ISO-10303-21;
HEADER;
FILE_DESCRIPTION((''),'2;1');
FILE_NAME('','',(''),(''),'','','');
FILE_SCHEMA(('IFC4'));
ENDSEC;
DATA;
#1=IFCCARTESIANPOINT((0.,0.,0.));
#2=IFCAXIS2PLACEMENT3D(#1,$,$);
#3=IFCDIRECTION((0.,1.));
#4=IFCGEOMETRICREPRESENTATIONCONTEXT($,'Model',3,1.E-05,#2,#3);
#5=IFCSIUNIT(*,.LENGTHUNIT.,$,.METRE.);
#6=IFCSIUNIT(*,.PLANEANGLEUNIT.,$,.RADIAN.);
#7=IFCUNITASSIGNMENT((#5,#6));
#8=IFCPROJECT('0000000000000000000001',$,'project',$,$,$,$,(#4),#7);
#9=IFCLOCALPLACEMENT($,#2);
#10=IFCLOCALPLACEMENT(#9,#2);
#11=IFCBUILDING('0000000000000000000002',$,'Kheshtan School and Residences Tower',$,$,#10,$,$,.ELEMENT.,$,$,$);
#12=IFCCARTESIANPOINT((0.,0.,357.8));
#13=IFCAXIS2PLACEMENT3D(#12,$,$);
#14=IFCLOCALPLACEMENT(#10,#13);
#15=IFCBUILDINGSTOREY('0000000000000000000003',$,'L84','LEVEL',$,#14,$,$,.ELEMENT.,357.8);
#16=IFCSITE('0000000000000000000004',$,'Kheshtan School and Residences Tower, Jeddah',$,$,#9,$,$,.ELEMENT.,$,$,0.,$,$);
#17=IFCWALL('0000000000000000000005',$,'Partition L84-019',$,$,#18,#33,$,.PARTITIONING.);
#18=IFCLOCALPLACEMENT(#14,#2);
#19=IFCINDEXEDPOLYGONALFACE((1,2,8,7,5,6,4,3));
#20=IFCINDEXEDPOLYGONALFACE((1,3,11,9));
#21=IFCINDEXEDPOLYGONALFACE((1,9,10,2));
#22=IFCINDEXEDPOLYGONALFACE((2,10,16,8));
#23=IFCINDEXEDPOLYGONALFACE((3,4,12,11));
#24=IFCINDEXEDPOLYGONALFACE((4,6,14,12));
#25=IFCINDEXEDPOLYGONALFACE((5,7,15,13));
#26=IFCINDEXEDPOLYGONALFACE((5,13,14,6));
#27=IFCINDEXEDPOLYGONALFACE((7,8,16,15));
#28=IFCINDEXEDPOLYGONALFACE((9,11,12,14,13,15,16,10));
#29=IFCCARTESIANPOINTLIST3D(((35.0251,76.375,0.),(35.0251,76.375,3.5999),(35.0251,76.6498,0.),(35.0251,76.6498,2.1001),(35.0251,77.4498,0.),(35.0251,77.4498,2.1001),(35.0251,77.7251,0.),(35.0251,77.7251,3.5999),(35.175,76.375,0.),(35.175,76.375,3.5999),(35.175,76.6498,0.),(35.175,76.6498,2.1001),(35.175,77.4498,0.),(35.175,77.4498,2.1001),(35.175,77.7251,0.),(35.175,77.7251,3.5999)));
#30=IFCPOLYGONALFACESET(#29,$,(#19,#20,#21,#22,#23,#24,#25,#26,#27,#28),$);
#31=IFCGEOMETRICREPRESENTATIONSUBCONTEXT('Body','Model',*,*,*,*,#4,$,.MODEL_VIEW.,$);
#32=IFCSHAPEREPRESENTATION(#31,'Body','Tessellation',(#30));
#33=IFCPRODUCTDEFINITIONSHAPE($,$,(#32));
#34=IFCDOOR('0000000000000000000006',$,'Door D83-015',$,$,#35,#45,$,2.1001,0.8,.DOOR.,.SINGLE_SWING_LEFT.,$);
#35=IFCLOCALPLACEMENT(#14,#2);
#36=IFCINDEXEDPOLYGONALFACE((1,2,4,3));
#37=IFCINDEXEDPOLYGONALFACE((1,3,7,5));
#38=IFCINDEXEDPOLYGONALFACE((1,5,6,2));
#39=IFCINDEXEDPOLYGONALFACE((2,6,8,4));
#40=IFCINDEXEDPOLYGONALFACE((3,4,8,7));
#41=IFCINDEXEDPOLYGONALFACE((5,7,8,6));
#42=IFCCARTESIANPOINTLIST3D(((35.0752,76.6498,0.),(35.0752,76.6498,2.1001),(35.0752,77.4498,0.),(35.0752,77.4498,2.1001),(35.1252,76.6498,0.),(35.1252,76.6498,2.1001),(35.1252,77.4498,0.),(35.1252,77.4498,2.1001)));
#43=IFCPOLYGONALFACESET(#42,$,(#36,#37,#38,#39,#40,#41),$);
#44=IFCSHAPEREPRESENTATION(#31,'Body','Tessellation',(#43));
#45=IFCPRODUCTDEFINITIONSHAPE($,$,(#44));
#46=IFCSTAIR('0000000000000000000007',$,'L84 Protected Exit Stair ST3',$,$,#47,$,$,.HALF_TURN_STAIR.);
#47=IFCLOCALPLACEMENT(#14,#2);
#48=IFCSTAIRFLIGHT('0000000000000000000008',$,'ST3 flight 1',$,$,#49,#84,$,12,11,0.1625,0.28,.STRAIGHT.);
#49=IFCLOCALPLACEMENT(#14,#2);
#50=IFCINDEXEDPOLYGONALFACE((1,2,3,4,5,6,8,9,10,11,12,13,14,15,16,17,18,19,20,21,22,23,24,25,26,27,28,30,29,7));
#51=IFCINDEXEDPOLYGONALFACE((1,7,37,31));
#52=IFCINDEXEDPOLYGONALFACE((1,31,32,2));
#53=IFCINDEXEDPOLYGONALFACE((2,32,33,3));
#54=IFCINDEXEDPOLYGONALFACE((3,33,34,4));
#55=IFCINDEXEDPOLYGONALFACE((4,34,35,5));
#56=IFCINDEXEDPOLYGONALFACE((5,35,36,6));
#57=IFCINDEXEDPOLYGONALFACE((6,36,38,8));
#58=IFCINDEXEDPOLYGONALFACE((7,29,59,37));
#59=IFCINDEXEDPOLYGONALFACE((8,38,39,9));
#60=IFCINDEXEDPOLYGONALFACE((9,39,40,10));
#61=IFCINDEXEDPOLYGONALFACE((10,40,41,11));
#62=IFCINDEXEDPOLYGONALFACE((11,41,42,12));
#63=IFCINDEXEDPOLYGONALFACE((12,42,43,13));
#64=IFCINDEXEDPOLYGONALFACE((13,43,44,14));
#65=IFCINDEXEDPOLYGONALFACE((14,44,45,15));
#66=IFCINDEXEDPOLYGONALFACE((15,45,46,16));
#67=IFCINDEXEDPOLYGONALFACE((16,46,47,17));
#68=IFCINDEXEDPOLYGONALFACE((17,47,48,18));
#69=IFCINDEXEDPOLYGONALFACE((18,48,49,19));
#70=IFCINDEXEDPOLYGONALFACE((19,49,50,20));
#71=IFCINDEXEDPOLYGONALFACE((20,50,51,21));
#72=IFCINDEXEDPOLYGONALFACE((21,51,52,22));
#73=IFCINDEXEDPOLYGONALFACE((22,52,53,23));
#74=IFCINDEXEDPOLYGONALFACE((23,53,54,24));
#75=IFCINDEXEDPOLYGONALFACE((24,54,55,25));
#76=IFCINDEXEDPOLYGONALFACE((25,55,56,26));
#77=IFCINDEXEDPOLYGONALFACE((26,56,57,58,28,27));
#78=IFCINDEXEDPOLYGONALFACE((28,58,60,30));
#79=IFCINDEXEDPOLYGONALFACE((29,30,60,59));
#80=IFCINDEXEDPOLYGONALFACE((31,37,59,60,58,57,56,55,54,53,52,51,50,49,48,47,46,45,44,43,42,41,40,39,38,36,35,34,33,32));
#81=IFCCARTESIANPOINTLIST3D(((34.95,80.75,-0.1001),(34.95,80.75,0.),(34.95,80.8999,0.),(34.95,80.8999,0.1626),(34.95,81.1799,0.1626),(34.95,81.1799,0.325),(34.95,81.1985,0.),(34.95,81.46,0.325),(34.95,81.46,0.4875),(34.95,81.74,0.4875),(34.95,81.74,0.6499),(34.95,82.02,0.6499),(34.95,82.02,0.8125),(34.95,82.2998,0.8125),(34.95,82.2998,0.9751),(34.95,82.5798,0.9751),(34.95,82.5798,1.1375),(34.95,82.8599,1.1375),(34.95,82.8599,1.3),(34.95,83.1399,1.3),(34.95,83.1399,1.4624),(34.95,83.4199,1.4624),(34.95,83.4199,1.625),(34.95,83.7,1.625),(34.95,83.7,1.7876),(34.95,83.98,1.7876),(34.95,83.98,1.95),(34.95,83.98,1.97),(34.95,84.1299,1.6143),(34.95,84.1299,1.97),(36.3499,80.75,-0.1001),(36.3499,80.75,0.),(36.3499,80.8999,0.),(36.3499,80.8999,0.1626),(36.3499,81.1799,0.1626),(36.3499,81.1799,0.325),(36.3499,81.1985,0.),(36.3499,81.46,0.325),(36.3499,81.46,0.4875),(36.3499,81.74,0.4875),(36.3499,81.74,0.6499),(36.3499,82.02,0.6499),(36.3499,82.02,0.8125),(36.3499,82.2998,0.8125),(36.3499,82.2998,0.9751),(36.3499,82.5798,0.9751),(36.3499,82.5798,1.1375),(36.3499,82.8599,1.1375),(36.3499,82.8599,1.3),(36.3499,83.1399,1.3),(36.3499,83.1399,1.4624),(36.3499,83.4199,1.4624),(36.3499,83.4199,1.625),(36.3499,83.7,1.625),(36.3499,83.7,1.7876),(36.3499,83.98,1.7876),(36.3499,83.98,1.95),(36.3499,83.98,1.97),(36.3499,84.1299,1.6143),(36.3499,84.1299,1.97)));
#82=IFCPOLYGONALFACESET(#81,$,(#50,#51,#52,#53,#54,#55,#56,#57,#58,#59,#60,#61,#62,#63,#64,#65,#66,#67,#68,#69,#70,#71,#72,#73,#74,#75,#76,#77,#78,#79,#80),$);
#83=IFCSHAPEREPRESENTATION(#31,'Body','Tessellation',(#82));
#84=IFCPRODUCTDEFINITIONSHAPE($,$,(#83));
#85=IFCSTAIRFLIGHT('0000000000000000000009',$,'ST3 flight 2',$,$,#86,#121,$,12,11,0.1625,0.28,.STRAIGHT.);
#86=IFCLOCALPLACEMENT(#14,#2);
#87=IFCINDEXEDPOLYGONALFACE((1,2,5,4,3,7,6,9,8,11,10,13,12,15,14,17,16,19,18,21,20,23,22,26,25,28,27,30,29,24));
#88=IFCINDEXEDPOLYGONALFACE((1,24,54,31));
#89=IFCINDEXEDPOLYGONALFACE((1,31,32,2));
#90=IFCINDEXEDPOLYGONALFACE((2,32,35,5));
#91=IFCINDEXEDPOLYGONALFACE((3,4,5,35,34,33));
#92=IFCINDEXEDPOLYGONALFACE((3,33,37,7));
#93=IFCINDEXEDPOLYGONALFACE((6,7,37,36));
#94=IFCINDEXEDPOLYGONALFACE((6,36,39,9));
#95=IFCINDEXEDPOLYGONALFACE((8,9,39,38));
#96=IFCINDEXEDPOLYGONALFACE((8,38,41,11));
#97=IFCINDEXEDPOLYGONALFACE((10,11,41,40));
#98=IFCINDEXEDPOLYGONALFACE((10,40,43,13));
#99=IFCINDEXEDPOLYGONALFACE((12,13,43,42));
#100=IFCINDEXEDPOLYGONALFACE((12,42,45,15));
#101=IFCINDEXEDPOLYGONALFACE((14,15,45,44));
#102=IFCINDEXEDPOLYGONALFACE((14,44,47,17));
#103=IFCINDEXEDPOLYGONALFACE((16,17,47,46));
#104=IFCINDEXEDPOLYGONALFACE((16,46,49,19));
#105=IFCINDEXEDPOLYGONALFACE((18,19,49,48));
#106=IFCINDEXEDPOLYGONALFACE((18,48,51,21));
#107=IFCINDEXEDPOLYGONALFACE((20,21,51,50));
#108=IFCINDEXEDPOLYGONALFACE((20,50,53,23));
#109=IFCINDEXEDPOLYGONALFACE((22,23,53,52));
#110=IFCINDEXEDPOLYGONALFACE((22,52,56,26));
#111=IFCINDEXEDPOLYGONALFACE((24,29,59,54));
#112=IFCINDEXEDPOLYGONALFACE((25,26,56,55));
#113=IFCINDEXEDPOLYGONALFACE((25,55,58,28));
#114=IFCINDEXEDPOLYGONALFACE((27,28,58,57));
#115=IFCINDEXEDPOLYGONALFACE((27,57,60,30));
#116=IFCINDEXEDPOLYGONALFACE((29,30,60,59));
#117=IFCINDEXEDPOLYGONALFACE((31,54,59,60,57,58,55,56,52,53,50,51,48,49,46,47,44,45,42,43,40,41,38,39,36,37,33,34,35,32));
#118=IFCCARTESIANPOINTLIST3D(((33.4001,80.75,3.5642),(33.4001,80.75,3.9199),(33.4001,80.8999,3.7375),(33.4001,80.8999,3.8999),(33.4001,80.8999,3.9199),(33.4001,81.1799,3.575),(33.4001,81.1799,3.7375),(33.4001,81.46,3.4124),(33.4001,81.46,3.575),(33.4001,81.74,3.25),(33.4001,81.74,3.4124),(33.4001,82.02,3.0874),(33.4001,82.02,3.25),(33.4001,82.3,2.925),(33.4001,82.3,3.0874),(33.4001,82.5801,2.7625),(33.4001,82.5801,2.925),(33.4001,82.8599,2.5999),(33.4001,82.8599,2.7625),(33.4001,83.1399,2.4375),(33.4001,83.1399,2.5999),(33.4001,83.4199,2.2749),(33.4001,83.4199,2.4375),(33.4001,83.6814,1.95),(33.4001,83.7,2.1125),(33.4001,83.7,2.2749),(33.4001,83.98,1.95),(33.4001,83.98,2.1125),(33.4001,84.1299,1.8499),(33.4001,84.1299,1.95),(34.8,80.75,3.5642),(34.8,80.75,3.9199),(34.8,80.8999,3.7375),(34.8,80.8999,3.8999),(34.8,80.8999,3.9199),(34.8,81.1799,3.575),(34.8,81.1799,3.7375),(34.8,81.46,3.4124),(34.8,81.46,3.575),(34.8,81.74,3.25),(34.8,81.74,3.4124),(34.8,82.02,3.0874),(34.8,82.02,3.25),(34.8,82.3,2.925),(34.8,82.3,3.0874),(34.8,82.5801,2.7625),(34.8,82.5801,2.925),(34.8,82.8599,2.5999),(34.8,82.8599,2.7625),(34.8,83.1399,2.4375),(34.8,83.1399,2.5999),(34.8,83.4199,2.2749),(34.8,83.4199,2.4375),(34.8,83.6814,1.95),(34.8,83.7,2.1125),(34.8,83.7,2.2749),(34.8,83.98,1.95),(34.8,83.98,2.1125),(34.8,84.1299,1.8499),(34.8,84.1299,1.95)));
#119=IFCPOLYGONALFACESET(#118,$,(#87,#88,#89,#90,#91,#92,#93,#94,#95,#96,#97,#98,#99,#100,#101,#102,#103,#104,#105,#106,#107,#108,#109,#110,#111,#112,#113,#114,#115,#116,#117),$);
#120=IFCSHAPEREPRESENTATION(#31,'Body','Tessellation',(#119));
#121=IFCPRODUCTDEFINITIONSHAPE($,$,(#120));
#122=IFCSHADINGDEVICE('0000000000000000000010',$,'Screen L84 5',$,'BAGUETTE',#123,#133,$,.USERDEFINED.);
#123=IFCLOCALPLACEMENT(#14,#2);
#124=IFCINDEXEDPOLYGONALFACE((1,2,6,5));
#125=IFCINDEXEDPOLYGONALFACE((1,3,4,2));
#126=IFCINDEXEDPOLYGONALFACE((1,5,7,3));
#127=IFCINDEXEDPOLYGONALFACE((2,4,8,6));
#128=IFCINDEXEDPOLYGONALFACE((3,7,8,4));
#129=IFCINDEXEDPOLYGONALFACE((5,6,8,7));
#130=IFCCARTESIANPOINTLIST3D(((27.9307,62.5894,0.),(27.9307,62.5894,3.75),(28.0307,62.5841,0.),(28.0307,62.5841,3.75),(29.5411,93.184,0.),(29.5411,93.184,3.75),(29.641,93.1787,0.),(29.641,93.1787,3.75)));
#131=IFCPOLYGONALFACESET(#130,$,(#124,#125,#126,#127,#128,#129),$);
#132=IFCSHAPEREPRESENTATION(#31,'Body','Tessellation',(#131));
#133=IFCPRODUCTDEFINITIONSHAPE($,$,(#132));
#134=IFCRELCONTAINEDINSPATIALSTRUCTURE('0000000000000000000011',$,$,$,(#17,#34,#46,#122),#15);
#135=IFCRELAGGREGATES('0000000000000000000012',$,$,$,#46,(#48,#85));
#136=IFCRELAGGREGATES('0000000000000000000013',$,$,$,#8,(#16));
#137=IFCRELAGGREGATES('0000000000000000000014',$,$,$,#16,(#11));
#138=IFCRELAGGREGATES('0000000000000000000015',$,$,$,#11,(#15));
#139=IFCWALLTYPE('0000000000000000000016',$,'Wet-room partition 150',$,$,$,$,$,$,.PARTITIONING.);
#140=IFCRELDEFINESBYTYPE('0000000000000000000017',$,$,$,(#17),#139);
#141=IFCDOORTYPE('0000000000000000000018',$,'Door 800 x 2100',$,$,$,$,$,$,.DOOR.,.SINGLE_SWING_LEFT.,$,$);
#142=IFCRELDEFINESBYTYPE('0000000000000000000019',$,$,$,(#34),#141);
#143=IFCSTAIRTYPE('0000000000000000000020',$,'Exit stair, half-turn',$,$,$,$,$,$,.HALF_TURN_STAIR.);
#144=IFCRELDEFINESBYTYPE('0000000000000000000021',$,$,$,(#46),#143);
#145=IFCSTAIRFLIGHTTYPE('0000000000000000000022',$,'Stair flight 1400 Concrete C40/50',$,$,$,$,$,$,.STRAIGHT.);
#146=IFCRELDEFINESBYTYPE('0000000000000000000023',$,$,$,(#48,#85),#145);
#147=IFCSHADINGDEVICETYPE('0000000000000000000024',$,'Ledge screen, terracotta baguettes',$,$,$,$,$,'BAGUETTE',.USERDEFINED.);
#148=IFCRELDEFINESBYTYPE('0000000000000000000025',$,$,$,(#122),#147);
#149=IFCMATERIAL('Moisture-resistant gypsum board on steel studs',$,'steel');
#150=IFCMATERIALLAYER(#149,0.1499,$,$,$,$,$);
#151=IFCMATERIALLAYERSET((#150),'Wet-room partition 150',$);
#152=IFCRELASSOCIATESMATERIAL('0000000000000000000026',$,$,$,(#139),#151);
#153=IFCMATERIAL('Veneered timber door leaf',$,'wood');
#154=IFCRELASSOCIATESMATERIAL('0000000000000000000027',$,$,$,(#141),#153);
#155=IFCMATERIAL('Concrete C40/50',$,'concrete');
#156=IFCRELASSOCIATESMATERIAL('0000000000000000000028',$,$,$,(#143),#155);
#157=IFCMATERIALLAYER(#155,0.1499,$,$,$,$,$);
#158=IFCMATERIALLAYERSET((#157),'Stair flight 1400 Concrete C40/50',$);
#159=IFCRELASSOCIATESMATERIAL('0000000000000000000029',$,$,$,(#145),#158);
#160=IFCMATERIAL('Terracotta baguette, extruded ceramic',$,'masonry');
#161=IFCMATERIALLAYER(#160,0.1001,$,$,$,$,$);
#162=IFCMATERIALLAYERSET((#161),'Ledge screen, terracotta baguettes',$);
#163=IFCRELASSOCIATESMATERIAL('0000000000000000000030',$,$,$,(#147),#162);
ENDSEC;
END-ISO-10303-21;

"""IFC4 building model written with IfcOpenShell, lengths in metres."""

from ifc_helpers import new_model, si_unit, direction, frame, frame_2d, origin, origin_2d, place, context, subcontext, project, spatial, polyline, rectangle, outline, extrude, source, transform, mapped, material, layer, layer_set, type_object, element, fill, aggregate, save


model = new_model("IFC4")

# Units and contexts
model_context = context("Model", 3, precision=1e-05, world=origin(), true_north=direction((0.0, 1.0)))
body_context = subcontext(model_context, "Body", "Model", "MODEL_VIEW")
ifc_project = project(units=[si_unit("LENGTHUNIT", "METRE"), si_unit("PLANEANGLEUNIT", "RADIAN")], contexts=[model_context])

# Site, building, storey
site_placement = place(None, origin())
site = spatial("IfcSite", under=ifc_project, at=site_placement, Name="Kheshtan School and Residences Tower, Jeddah", CompositionType="ELEMENT", RefElevation=0.0)
building_placement = place(site_placement, origin())
building = spatial("IfcBuilding", under=site, at=building_placement, Name="Kheshtan School and Residences Tower", CompositionType="ELEMENT")
storey_placement = place(building_placement, frame((0.0, 0.0, 357.8)))
storey = spatial("IfcBuildingStorey", under=building, at=storey_placement, Name="L84", Description="LEVEL", CompositionType="ELEMENT", Elevation=357.8)

# Shared definitions
ifc_material_1 = material(Name="Concrete C40/50", Category="concrete")

# Shared definitions
ifc_material_2 = material(Name="Moisture-resistant gypsum board on steel studs", Category="steel")
ifc_layer_1 = layer(ifc_material_2, 0.1499)
ifc_layer_set_1 = layer_set([ifc_layer_1], Name="Wet-room partition 150")
wall_type_1 = type_object("IfcWallType", Name="Wet-room partition 150", PredefinedType="PARTITIONING", material=ifc_layer_set_1)

# Wall, opening, door
wall_1_placement = place(storey_placement, frame((35.1001, 76.375, 0.0), z_axis=(0.0, 0.0, 1.0), x_axis=(0.0, 1.0, 0.0)))
wall_1 = element("IfcWall", 1, at=wall_1_placement, inside=storey, type_object=wall_type_1, Name="Partition L84-019", PredefinedType="PARTITIONING", context=body_context, shape_type="SweptSolid", body=[
    extrude(rectangle(XDim=1.3501, YDim=0.1499, at=frame_2d((0.675, 0.0))), origin(), (0.0, 0.0, 1.0), 3.5999),
])
opening_1_placement = place(wall_1_placement, frame((0.2749, 0.0, 0.0)))
opening_1 = element("IfcOpeningElement", 2, at=opening_1_placement, cuts=wall_1, PredefinedType="OPENING", context=body_context, shape_type="SweptSolid", body=[
    extrude(rectangle(XDim=0.8, YDim=2.1001, at=frame_2d((0.3999, 1.05))), frame((0.0, 0.085, 0.0), z_axis=(0.0, -1.0, 0.0), x_axis=(1.0, 0.0, 0.0)), (0.0, 0.0, 1.0), 0.1699),
])
ifc_material_3 = material(Name="Veneered timber door leaf", Category="wood")
door_type_1 = type_object("IfcDoorType", Name="Door 800 x 2100", OperationType="SINGLE_SWING_LEFT", PredefinedType="DOOR", material=ifc_material_3)
shared_shape_1 = source(origin(), body_context, "Body", "SweptSolid", [
    extrude(rectangle(XDim=0.8, YDim=2.1001, at=frame_2d((0.3999, 1.05))), frame((0.0, 0.0249, 0.0), z_axis=(0.0, -1.0, 0.0), x_axis=(1.0, 0.0, 0.0)), (0.0, 0.0, 1.0), 0.05),
])
door_1_placement = place(opening_1_placement, origin())
door_1 = element("IfcDoor", 3, at=door_1_placement, inside=storey, type_object=door_type_1, Name="Door D83-015", OperationType="SINGLE_SWING_LEFT", OverallHeight=2.1001, OverallWidth=0.8, PredefinedType="DOOR", context=body_context, shape_type="MappedRepresentation", body=[
    mapped(shared_shape_1, transform((0.0, 0.0, 0.0), x_axis=(1.0, 0.0, 0.0), y_axis=(0.0, 1.0, 0.0), z_axis=(0.0, 0.0, 1.0), scale=1.0)),
])
fill(opening_1, door_1)

# Stair, stair flights
stair_type = type_object("IfcStairType", Name="Exit stair, half-turn", PredefinedType="HALF_TURN_STAIR", material=ifc_material_1)
stair_placement = place(storey_placement, origin())
stair = element("IfcStair", 4, at=stair_placement, inside=storey, type_object=stair_type, Name="L84 Protected Exit Stair ST3", PredefinedType="HALF_TURN_STAIR")
ifc_layer_2 = layer(ifc_material_1, 0.1499)
ifc_layer_set_2 = layer_set([ifc_layer_2], Name="Stair flight 1400 Concrete C40/50")
stair_flight_type = type_object("IfcStairFlightType", Name="Stair flight 1400 Concrete C40/50", PredefinedType="STRAIGHT", material=ifc_layer_set_2)
stair_flight_1_placement = place(storey_placement, frame((35.6499, 80.8999, 0.0), z_axis=(0.0, 0.0, 1.0), x_axis=(0.0, 1.0, 0.0)))
stair_flight_1 = element("IfcStairFlight", 5, at=stair_flight_1_placement, type_object=stair_flight_type, Name="ST3 flight 1", NumberOfRisers=12, NumberOfTreads=11, PredefinedType="STRAIGHT", RiserHeight=0.1625, TreadLength=0.28, context=body_context, shape_type="SweptSolid", body=[
    extrude(outline(polyline([(-0.1499, -0.1001), (-0.1499, 0.0), (0.0, 0.0), (0.0, 0.1626), (0.28, 0.1626), (0.28, 0.325), (0.5601, 0.325), (0.5601, 0.4875), (0.8401, 0.4875), (0.8401, 0.6499), (1.1201, 0.6499), (1.1201, 0.8125), (1.3999, 0.8125), (1.3999, 0.9751), (1.6799, 0.9751), (1.6799, 1.1375), (1.96, 1.1375), (1.96, 1.3), (2.24, 1.3), (2.24, 1.4624), (2.52, 1.4624), (2.52, 1.625), (2.8, 1.625), (2.8, 1.7876), (3.0801, 1.7876), (3.0801, 1.95), (3.0801, 1.97), (3.23, 1.97), (3.23, 1.6143), (0.2986, 0.0), (-0.1499, -0.1001)])), frame((0.0, 0.7, 0.0), z_axis=(0.0, -1.0, 0.0), x_axis=(1.0, 0.0, 0.0)), (0.0, 0.0, 1.0), 1.3999),
])
stair_flight_2_placement = place(storey_placement, frame((34.1001, 83.98, 1.95), z_axis=(0.0, 0.0, 1.0), x_axis=(0.0, -1.0, 0.0)))
stair_flight_2 = element("IfcStairFlight", 6, at=stair_flight_2_placement, type_object=stair_flight_type, Name="ST3 flight 2", NumberOfRisers=12, NumberOfTreads=11, PredefinedType="STRAIGHT", RiserHeight=0.1625, TreadLength=0.28, context=body_context, shape_type="SweptSolid", body=[
    extrude(outline(polyline([(-0.1499, -0.1001), (-0.1499, 0.0), (0.0, 0.0), (0.0, 0.1626), (0.28, 0.1626), (0.28, 0.325), (0.5601, 0.325), (0.5601, 0.4875), (0.8401, 0.4875), (0.8401, 0.6499), (1.1201, 0.6499), (1.1201, 0.8125), (1.3999, 0.8125), (1.3999, 0.9751), (1.6799, 0.9751), (1.6799, 1.1375), (1.96, 1.1375), (1.96, 1.3), (2.24, 1.3), (2.24, 1.4624), (2.52, 1.4624), (2.52, 1.625), (2.8, 1.625), (2.8, 1.7876), (3.0801, 1.7876), (3.0801, 1.95), (3.0801, 1.97), (3.23, 1.97), (3.23, 1.6143), (0.2986, 0.0), (-0.1499, -0.1001)])), frame((0.0, 0.7, 0.0), z_axis=(0.0, -1.0, 0.0), x_axis=(1.0, 0.0, 0.0)), (0.0, 0.0, 1.0), 1.3999),
])
aggregate(stair, [stair_flight_1, stair_flight_2])

# Shading device
ifc_material_4 = material(Name="Terracotta baguette, extruded ceramic", Category="masonry")
ifc_layer_3 = layer(ifc_material_4, 0.1001)
ifc_layer_set_3 = layer_set([ifc_layer_3], Name="Ledge screen, terracotta baguettes")
shading_device_type = type_object("IfcShadingDeviceType", Name="Ledge screen, terracotta baguettes", ElementType="BAGUETTE", PredefinedType="USERDEFINED", material=ifc_layer_set_3)
shading_device_placement = place(storey_placement, frame((28.7859, 77.884, 0.0), z_axis=(0.0, 0.0, 1.0), x_axis=(0.052563, 0.998618, 0.0)))
element("IfcShadingDevice", 7, at=shading_device_placement, inside=storey, type_object=shading_device_type, Name="Screen L84 5", ObjectType="BAGUETTE", PredefinedType="USERDEFINED", context=body_context, shape_type="SweptSolid", body=[
    extrude(rectangle(XDim=30.637, YDim=0.1001, at=origin_2d()), origin(), (0.0, 0.0, 1.0), 3.75),
])

save(model, "model.ifc")
